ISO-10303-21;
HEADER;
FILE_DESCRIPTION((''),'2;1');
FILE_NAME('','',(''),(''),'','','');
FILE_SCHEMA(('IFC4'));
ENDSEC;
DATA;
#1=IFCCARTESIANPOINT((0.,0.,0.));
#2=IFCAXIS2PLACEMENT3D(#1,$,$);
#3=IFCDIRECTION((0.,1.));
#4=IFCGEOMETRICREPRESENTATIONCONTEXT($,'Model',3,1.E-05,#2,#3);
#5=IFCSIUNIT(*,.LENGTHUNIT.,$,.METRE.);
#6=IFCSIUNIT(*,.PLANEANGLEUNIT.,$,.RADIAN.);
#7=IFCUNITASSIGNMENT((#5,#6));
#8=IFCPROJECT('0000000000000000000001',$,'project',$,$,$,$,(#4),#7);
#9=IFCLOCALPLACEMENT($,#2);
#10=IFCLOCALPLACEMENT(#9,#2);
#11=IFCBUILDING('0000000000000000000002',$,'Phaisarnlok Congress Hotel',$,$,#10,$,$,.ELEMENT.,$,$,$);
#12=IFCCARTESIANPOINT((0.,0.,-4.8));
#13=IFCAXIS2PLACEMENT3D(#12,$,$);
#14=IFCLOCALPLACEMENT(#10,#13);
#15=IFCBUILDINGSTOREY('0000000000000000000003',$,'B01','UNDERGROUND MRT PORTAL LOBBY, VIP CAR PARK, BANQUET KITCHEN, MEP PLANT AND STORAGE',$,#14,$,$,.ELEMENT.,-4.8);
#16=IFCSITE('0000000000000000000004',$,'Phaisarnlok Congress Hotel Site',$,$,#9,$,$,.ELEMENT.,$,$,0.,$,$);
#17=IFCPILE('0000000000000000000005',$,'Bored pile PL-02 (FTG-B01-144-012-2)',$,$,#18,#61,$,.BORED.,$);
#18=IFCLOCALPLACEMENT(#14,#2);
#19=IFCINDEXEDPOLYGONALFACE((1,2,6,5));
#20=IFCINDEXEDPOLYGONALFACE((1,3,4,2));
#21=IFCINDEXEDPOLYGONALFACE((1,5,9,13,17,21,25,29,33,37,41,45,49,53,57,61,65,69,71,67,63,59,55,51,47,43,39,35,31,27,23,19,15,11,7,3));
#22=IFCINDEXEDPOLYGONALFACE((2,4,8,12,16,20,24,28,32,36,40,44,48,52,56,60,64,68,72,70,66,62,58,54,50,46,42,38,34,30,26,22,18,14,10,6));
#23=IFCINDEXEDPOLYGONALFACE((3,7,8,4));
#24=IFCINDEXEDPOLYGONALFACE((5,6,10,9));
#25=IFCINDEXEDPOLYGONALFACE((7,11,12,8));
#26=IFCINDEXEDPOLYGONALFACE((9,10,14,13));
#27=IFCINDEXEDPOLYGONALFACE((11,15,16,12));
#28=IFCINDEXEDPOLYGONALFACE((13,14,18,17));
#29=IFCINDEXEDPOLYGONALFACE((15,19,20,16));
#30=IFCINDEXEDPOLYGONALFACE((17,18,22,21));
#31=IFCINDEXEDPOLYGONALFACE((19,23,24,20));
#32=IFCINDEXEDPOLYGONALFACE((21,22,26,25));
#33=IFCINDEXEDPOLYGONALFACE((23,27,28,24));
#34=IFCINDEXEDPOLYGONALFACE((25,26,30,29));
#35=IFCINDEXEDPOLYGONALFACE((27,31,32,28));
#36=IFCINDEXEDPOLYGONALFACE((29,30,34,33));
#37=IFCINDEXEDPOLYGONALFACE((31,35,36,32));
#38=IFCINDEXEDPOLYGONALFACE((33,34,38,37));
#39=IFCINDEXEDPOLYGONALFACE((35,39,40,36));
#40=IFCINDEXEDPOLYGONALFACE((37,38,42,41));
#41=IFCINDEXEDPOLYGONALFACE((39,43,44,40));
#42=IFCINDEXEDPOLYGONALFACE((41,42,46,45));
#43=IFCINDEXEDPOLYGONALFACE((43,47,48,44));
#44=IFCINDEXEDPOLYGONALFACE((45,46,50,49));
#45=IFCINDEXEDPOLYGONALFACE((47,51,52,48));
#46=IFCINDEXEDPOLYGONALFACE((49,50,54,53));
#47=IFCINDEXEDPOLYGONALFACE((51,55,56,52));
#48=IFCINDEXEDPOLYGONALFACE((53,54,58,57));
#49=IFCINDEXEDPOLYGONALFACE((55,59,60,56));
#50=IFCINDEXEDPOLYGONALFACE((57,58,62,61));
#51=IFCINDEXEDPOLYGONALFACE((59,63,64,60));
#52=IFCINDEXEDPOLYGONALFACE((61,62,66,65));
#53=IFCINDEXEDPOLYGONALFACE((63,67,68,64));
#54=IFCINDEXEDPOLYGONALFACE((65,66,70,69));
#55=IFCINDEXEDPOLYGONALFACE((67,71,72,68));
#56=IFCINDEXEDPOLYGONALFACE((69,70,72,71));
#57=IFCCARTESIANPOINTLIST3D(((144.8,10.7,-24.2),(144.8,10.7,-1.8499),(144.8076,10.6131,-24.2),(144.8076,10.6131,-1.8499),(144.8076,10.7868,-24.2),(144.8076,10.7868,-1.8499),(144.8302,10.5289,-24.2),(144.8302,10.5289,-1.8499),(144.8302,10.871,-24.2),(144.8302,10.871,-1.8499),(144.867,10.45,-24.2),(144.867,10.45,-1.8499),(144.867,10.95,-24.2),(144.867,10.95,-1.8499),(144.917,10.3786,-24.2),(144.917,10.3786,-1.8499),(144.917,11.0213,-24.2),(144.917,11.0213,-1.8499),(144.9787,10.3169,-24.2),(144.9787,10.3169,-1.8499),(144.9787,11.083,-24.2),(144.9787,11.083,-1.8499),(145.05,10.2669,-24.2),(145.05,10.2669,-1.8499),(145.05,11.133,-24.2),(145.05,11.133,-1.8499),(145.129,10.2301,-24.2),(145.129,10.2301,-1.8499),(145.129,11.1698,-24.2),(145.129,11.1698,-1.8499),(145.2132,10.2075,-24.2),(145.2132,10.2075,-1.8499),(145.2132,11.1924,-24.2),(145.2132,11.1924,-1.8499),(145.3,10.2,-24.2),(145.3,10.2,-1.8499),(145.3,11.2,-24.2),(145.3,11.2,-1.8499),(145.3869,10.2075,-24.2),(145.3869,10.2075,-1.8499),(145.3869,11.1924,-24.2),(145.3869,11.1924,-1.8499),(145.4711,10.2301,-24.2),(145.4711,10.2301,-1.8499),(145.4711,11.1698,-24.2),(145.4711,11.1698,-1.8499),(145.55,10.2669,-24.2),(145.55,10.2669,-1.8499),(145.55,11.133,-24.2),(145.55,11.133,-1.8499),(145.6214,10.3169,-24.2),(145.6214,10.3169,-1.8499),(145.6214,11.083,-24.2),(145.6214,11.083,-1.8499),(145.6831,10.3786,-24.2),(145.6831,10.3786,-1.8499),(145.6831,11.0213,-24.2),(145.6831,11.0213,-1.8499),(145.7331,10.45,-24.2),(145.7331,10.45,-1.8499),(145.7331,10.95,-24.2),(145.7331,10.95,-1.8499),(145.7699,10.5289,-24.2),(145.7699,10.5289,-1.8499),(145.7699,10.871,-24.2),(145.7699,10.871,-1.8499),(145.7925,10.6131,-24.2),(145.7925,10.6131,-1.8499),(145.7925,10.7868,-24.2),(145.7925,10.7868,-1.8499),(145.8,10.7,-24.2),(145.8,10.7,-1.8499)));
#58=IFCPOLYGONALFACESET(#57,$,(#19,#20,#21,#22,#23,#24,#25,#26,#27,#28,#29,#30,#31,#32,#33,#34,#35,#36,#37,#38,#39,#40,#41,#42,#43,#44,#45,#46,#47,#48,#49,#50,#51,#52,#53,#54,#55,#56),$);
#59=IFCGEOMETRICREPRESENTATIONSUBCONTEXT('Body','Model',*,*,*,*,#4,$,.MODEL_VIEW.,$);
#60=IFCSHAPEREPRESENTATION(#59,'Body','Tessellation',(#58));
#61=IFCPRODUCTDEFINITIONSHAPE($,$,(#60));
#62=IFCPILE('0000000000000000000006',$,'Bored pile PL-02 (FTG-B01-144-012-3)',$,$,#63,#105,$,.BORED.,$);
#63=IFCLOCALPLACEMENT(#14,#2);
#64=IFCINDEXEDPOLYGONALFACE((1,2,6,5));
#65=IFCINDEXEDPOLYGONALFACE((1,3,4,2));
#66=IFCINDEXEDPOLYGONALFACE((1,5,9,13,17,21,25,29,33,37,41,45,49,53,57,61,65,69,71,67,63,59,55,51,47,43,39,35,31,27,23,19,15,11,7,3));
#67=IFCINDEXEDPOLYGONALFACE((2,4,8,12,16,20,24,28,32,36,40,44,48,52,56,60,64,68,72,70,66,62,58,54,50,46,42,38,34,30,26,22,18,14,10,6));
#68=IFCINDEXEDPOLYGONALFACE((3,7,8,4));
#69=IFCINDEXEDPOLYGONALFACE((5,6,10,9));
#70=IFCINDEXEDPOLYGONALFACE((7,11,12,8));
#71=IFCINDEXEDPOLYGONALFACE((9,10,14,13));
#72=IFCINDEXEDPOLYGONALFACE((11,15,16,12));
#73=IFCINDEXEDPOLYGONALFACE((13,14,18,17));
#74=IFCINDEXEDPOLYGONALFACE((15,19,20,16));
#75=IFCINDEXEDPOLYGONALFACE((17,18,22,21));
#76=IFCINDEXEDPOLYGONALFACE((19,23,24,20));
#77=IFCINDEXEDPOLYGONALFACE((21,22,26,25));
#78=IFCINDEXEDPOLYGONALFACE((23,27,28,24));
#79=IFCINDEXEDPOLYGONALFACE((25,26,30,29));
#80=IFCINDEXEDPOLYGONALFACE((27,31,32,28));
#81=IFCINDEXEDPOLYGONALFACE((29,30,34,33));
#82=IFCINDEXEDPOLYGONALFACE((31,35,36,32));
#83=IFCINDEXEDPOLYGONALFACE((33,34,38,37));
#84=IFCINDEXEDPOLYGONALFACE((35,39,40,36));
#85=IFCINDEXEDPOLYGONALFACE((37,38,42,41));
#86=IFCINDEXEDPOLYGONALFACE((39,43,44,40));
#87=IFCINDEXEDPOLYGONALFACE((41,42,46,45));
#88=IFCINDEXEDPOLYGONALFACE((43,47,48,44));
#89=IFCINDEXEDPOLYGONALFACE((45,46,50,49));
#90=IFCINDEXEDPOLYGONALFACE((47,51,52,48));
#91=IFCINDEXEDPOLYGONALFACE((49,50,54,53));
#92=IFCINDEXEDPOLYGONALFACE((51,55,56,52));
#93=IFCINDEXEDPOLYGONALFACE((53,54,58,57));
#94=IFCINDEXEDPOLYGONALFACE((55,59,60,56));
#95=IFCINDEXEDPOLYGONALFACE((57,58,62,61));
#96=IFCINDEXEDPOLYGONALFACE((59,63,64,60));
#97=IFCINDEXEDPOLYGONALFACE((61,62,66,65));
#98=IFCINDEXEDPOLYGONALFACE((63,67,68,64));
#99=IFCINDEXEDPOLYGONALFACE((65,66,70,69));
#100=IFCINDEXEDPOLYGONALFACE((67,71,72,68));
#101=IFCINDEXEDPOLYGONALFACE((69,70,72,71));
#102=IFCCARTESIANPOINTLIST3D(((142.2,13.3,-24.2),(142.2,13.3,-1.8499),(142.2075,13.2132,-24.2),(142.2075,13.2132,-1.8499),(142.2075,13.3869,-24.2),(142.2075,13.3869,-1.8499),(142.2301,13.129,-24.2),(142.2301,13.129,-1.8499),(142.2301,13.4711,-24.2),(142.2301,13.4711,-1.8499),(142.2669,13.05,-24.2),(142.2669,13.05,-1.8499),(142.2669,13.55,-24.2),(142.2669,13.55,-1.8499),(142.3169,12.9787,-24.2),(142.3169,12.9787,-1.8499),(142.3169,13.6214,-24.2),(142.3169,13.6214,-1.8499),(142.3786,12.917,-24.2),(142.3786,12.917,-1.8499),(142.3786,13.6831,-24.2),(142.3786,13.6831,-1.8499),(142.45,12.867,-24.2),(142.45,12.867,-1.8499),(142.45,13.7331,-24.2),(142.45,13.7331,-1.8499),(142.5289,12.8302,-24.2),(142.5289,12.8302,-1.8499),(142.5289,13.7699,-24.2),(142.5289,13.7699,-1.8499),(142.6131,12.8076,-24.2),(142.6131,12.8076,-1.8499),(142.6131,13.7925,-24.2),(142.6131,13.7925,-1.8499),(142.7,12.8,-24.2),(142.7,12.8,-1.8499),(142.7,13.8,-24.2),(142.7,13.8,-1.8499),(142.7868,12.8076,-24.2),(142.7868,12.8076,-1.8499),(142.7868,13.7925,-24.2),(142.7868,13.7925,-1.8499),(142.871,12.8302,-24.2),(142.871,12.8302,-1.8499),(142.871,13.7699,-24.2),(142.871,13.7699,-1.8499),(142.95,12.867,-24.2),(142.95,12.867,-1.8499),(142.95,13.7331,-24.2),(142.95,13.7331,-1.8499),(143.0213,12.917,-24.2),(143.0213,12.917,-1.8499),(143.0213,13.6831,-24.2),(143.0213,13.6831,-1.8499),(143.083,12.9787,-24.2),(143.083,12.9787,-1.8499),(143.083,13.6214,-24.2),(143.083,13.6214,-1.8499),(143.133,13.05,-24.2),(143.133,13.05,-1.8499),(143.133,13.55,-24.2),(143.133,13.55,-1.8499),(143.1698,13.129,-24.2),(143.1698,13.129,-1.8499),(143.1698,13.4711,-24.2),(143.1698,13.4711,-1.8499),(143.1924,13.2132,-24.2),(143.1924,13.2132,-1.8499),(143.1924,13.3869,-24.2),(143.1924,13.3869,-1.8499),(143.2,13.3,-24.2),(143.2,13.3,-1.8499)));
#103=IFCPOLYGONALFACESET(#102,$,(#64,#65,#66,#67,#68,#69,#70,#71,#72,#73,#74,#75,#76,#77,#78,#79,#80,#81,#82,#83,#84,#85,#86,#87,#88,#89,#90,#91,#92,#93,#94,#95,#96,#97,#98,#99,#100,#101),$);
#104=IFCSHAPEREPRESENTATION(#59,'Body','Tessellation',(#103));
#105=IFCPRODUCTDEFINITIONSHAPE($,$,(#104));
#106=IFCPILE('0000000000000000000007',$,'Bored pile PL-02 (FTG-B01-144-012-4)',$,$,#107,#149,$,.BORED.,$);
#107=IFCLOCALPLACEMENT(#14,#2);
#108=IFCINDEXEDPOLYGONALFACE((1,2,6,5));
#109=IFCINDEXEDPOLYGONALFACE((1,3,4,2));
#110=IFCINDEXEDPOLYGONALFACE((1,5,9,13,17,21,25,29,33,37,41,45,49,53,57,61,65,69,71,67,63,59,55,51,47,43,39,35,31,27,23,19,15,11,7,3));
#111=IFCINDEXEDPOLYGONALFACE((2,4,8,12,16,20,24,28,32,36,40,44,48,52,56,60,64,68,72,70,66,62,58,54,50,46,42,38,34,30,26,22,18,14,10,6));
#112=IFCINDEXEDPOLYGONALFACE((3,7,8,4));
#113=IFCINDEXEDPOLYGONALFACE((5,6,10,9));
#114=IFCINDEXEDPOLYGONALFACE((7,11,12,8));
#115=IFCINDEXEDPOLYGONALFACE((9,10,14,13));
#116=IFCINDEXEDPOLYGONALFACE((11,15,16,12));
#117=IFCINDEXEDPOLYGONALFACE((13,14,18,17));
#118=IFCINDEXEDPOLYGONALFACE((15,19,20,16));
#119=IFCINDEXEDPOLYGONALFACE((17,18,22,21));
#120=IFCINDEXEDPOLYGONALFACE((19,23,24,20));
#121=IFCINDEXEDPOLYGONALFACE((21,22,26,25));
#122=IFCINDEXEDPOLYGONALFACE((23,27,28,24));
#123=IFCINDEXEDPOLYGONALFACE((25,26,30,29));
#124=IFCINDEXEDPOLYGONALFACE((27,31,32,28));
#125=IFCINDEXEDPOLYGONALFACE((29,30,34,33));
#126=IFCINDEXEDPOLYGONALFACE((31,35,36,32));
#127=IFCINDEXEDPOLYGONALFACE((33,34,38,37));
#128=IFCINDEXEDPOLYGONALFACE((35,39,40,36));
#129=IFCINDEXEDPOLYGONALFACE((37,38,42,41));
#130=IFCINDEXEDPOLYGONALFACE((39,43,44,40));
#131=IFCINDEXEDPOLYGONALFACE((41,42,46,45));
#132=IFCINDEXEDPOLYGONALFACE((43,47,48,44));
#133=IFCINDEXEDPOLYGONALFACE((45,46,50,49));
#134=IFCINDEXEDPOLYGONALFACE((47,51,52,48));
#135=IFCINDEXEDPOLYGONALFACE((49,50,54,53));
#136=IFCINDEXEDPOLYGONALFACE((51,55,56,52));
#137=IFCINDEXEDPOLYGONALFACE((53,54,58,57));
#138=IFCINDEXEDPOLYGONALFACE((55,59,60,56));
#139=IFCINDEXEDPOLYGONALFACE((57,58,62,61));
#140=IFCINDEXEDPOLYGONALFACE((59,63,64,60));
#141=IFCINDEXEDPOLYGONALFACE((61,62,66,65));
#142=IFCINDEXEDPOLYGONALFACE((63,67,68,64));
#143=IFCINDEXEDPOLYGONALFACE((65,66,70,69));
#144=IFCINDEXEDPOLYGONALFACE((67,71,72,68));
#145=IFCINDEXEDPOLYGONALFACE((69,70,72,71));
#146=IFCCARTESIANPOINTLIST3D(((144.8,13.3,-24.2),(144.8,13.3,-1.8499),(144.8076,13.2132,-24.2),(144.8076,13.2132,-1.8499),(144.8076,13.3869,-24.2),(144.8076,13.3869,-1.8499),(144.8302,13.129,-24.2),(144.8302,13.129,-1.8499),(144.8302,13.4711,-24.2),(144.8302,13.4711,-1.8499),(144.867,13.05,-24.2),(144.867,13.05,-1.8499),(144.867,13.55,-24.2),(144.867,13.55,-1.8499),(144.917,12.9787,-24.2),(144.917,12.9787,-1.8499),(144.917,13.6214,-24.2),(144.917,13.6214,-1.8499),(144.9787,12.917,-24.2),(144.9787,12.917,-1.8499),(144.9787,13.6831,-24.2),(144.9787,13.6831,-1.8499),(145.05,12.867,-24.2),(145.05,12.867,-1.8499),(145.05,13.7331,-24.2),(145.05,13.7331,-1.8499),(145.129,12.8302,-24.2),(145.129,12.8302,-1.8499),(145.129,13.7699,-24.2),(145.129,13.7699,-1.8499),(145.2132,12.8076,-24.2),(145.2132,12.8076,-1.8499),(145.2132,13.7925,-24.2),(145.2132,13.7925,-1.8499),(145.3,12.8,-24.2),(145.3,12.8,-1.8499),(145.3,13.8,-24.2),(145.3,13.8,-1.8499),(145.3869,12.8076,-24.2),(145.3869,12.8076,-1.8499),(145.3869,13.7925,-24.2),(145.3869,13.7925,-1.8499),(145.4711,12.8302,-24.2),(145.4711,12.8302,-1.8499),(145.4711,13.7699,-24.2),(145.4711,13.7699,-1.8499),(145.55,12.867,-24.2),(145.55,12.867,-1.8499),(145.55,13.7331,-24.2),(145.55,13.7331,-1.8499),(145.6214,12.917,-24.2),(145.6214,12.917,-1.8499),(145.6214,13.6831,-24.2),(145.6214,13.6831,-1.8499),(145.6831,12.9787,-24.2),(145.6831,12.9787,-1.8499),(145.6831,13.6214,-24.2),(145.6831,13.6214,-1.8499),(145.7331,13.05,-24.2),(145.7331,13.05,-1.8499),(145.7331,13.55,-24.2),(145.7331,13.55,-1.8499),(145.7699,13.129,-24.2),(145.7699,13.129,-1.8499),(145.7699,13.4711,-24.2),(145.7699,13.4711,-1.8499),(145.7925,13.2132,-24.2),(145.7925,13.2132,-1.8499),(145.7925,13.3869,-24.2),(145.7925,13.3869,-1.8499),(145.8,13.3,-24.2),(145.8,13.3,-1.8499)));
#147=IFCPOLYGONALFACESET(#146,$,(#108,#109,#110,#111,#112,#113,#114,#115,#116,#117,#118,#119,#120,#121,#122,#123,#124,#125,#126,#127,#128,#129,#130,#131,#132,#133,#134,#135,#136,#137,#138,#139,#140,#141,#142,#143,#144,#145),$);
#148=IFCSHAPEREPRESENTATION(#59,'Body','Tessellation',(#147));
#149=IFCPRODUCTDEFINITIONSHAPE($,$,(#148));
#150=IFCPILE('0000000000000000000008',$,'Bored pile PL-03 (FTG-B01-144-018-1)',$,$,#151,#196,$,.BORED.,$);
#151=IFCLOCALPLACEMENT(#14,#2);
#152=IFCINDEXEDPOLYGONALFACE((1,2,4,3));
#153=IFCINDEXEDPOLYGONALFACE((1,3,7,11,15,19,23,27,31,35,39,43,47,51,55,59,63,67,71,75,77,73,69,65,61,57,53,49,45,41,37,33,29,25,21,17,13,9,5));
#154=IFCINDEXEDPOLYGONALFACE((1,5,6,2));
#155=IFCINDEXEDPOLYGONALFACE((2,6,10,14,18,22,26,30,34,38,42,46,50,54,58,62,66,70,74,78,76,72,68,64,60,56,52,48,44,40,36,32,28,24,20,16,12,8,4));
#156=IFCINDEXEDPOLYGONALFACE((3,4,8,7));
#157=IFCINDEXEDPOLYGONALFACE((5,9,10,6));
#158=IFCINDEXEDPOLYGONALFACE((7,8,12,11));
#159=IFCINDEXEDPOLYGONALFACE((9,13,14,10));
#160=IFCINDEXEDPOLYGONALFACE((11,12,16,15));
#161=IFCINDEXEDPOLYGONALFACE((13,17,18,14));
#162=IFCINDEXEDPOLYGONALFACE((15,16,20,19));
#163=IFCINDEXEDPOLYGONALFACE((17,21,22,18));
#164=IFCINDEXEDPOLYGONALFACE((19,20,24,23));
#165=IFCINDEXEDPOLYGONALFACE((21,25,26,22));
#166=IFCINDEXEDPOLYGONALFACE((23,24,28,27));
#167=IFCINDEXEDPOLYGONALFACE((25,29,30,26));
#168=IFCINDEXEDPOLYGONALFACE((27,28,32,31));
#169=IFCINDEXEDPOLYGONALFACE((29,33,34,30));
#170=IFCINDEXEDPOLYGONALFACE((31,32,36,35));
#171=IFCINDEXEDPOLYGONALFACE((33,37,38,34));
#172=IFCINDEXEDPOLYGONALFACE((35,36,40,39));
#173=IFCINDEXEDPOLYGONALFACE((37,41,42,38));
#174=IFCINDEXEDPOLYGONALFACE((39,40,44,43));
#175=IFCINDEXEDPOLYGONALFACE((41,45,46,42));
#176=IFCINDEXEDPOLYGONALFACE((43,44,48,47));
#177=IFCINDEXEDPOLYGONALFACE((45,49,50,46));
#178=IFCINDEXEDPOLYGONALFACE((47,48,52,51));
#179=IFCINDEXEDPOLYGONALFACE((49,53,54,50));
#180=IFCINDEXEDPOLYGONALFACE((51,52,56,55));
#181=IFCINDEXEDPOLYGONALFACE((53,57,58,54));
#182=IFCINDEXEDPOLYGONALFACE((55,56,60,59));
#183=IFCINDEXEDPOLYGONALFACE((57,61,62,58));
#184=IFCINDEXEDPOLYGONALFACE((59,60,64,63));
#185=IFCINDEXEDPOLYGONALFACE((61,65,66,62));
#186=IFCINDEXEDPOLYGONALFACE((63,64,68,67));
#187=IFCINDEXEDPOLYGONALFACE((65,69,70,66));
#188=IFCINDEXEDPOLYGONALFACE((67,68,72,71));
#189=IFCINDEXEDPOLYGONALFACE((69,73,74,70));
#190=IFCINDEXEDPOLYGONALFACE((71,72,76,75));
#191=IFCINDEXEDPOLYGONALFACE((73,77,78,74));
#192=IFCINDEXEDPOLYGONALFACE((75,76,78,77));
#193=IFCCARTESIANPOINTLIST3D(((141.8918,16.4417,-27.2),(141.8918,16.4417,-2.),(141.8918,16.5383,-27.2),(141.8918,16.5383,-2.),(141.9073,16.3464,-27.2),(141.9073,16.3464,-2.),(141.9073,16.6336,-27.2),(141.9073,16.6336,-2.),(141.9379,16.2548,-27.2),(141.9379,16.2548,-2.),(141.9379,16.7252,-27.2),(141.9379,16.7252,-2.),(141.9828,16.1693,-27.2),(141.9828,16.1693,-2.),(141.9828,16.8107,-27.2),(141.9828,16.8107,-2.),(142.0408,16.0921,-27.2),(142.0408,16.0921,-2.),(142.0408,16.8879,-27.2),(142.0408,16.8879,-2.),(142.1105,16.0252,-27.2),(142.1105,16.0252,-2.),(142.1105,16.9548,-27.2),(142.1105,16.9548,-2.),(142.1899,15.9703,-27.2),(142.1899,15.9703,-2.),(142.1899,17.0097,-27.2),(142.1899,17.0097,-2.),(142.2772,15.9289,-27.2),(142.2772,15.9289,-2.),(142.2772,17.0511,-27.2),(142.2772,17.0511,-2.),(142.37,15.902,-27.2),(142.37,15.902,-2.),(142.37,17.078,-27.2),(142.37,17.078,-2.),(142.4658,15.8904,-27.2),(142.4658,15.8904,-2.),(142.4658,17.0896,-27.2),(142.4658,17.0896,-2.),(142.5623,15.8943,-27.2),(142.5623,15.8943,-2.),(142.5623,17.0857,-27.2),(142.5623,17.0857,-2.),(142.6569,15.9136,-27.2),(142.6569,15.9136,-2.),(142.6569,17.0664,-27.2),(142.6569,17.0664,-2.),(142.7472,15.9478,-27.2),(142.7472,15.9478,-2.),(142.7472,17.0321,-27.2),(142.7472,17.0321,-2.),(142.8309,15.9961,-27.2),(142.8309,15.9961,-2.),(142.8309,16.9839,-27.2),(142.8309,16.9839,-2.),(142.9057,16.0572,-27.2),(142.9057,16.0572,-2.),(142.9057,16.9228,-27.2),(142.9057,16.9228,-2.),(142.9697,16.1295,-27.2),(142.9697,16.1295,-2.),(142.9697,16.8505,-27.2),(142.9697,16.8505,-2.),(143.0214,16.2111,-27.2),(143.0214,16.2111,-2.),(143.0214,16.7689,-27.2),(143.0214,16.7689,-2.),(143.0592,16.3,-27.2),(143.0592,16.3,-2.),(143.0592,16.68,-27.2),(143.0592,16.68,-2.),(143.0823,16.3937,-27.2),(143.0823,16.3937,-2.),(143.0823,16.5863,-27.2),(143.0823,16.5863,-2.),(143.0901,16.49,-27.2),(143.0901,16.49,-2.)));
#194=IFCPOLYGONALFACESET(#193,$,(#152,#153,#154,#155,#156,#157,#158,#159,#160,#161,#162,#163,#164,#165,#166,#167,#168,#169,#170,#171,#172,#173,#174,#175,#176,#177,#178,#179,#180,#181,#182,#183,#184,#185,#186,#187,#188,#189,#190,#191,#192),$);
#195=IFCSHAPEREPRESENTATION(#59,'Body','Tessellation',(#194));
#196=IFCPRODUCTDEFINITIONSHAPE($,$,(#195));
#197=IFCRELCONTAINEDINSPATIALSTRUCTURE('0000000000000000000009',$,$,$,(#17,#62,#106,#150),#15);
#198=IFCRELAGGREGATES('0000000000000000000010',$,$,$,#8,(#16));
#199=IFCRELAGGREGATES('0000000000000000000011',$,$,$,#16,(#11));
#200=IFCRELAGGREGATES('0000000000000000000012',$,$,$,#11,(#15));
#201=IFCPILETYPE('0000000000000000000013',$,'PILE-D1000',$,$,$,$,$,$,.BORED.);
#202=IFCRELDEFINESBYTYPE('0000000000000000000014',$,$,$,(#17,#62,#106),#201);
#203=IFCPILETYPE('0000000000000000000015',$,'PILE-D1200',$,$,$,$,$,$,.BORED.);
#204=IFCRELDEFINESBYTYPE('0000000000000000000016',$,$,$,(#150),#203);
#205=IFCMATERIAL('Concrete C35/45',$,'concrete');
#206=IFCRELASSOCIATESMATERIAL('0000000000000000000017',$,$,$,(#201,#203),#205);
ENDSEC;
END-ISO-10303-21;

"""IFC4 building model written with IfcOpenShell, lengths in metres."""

from ifc_helpers import new_model, si_unit, direction, frame, origin, origin_2d, place, context, subcontext, project, spatial, circle, extrude, material, material_profile, profile_set, type_object, element, save


model = new_model("IFC4")

# Units and contexts
model_context = context("Model", 3, precision=1e-05, world=origin(), true_north=direction((0.0, 1.0)))
body_context = subcontext(model_context, "Body", "Model", "MODEL_VIEW")
ifc_project = project(units=[si_unit("LENGTHUNIT", "METRE"), si_unit("PLANEANGLEUNIT", "RADIAN")], contexts=[model_context])

# Site, building, storey
site_placement = place(None, origin())
site = spatial("IfcSite", under=ifc_project, at=site_placement, Name="Phaisarnlok Congress Hotel Site", CompositionType="ELEMENT", RefElevation=0.0)
building_placement = place(site_placement, origin())
building = spatial("IfcBuilding", under=site, at=building_placement, Name="Phaisarnlok Congress Hotel", CompositionType="ELEMENT")
storey_placement = place(building_placement, frame((0.0, 0.0, -4.8)))
storey = spatial("IfcBuildingStorey", under=building, at=storey_placement, Name="B01", Description="UNDERGROUND MRT PORTAL LOBBY, VIP CAR PARK, BANQUET KITCHEN, MEP PLANT AND STORAGE", CompositionType="ELEMENT", Elevation=-4.8)

# Piles
ifc_material_1 = material(Name="Concrete C35/45", Category="concrete")
ifc_material_profile_1 = material_profile(ifc_material_1, circle(Radius=0.5, at=origin_2d()), Name="BORED PILE D1000")
ifc_profile_set_1 = profile_set([ifc_material_profile_1], Name="Concrete C35/45")
pile_type_1 = type_object("IfcPileType", Name="PILE-D1000", PredefinedType="BORED", material=ifc_profile_set_1)
for number, where, z_axis, x_axis, name in (
    (1, (145.3, 10.7, -1.8499), (0.0, 0.0, -1.0), (1.0, 0.0, 0.0), "Bored pile PL-02 (FTG-B01-144-012-2)"),
    (2, (142.7, 13.3, -1.8499), (0.0, 0.0, -1.0), (1.0, 0.0, 0.0), "Bored pile PL-02 (FTG-B01-144-012-3)"),
    (3, (145.3, 13.3, -1.8499), (0.0, 0.0, -1.0), (1.0, 0.0, 0.0), "Bored pile PL-02 (FTG-B01-144-012-4)"),
):
    element("IfcPile", number, at=place(storey_placement, frame(where, z_axis=z_axis, x_axis=x_axis)), inside=storey, type_object=pile_type_1, Name=name, PredefinedType="BORED", context=body_context, shape_type="SweptSolid", body=[
        extrude(circle(Radius=0.5, at=origin_2d()), origin(), (0.0, 0.0, 1.0), 22.3501),
    ])
ifc_material_profile_2 = material_profile(ifc_material_1, circle(Radius=0.6001, at=origin_2d()), Name="BORED PILE D1200")
ifc_profile_set_2 = profile_set([ifc_material_profile_2], Name="Concrete C35/45")
pile_type_2 = type_object("IfcPileType", Name="PILE-D1200", PredefinedType="BORED", material=ifc_profile_set_2)
for number, where, z_axis, x_axis, name in (
    (4, (142.49, 16.49, -2.0), (0.0, 0.0, -1.0), (1.0, 0.0, 0.0), "Bored pile PL-03 (FTG-B01-144-018-1)"),
):
    element("IfcPile", number, at=place(storey_placement, frame(where, z_axis=z_axis, x_axis=x_axis)), inside=storey, type_object=pile_type_2, Name=name, PredefinedType="BORED", context=body_context, shape_type="SweptSolid", body=[
        extrude(circle(Radius=0.6001, at=origin_2d()), origin(), (0.0, 0.0, 1.0), 25.2),
    ])

save(model, "model.ifc")
